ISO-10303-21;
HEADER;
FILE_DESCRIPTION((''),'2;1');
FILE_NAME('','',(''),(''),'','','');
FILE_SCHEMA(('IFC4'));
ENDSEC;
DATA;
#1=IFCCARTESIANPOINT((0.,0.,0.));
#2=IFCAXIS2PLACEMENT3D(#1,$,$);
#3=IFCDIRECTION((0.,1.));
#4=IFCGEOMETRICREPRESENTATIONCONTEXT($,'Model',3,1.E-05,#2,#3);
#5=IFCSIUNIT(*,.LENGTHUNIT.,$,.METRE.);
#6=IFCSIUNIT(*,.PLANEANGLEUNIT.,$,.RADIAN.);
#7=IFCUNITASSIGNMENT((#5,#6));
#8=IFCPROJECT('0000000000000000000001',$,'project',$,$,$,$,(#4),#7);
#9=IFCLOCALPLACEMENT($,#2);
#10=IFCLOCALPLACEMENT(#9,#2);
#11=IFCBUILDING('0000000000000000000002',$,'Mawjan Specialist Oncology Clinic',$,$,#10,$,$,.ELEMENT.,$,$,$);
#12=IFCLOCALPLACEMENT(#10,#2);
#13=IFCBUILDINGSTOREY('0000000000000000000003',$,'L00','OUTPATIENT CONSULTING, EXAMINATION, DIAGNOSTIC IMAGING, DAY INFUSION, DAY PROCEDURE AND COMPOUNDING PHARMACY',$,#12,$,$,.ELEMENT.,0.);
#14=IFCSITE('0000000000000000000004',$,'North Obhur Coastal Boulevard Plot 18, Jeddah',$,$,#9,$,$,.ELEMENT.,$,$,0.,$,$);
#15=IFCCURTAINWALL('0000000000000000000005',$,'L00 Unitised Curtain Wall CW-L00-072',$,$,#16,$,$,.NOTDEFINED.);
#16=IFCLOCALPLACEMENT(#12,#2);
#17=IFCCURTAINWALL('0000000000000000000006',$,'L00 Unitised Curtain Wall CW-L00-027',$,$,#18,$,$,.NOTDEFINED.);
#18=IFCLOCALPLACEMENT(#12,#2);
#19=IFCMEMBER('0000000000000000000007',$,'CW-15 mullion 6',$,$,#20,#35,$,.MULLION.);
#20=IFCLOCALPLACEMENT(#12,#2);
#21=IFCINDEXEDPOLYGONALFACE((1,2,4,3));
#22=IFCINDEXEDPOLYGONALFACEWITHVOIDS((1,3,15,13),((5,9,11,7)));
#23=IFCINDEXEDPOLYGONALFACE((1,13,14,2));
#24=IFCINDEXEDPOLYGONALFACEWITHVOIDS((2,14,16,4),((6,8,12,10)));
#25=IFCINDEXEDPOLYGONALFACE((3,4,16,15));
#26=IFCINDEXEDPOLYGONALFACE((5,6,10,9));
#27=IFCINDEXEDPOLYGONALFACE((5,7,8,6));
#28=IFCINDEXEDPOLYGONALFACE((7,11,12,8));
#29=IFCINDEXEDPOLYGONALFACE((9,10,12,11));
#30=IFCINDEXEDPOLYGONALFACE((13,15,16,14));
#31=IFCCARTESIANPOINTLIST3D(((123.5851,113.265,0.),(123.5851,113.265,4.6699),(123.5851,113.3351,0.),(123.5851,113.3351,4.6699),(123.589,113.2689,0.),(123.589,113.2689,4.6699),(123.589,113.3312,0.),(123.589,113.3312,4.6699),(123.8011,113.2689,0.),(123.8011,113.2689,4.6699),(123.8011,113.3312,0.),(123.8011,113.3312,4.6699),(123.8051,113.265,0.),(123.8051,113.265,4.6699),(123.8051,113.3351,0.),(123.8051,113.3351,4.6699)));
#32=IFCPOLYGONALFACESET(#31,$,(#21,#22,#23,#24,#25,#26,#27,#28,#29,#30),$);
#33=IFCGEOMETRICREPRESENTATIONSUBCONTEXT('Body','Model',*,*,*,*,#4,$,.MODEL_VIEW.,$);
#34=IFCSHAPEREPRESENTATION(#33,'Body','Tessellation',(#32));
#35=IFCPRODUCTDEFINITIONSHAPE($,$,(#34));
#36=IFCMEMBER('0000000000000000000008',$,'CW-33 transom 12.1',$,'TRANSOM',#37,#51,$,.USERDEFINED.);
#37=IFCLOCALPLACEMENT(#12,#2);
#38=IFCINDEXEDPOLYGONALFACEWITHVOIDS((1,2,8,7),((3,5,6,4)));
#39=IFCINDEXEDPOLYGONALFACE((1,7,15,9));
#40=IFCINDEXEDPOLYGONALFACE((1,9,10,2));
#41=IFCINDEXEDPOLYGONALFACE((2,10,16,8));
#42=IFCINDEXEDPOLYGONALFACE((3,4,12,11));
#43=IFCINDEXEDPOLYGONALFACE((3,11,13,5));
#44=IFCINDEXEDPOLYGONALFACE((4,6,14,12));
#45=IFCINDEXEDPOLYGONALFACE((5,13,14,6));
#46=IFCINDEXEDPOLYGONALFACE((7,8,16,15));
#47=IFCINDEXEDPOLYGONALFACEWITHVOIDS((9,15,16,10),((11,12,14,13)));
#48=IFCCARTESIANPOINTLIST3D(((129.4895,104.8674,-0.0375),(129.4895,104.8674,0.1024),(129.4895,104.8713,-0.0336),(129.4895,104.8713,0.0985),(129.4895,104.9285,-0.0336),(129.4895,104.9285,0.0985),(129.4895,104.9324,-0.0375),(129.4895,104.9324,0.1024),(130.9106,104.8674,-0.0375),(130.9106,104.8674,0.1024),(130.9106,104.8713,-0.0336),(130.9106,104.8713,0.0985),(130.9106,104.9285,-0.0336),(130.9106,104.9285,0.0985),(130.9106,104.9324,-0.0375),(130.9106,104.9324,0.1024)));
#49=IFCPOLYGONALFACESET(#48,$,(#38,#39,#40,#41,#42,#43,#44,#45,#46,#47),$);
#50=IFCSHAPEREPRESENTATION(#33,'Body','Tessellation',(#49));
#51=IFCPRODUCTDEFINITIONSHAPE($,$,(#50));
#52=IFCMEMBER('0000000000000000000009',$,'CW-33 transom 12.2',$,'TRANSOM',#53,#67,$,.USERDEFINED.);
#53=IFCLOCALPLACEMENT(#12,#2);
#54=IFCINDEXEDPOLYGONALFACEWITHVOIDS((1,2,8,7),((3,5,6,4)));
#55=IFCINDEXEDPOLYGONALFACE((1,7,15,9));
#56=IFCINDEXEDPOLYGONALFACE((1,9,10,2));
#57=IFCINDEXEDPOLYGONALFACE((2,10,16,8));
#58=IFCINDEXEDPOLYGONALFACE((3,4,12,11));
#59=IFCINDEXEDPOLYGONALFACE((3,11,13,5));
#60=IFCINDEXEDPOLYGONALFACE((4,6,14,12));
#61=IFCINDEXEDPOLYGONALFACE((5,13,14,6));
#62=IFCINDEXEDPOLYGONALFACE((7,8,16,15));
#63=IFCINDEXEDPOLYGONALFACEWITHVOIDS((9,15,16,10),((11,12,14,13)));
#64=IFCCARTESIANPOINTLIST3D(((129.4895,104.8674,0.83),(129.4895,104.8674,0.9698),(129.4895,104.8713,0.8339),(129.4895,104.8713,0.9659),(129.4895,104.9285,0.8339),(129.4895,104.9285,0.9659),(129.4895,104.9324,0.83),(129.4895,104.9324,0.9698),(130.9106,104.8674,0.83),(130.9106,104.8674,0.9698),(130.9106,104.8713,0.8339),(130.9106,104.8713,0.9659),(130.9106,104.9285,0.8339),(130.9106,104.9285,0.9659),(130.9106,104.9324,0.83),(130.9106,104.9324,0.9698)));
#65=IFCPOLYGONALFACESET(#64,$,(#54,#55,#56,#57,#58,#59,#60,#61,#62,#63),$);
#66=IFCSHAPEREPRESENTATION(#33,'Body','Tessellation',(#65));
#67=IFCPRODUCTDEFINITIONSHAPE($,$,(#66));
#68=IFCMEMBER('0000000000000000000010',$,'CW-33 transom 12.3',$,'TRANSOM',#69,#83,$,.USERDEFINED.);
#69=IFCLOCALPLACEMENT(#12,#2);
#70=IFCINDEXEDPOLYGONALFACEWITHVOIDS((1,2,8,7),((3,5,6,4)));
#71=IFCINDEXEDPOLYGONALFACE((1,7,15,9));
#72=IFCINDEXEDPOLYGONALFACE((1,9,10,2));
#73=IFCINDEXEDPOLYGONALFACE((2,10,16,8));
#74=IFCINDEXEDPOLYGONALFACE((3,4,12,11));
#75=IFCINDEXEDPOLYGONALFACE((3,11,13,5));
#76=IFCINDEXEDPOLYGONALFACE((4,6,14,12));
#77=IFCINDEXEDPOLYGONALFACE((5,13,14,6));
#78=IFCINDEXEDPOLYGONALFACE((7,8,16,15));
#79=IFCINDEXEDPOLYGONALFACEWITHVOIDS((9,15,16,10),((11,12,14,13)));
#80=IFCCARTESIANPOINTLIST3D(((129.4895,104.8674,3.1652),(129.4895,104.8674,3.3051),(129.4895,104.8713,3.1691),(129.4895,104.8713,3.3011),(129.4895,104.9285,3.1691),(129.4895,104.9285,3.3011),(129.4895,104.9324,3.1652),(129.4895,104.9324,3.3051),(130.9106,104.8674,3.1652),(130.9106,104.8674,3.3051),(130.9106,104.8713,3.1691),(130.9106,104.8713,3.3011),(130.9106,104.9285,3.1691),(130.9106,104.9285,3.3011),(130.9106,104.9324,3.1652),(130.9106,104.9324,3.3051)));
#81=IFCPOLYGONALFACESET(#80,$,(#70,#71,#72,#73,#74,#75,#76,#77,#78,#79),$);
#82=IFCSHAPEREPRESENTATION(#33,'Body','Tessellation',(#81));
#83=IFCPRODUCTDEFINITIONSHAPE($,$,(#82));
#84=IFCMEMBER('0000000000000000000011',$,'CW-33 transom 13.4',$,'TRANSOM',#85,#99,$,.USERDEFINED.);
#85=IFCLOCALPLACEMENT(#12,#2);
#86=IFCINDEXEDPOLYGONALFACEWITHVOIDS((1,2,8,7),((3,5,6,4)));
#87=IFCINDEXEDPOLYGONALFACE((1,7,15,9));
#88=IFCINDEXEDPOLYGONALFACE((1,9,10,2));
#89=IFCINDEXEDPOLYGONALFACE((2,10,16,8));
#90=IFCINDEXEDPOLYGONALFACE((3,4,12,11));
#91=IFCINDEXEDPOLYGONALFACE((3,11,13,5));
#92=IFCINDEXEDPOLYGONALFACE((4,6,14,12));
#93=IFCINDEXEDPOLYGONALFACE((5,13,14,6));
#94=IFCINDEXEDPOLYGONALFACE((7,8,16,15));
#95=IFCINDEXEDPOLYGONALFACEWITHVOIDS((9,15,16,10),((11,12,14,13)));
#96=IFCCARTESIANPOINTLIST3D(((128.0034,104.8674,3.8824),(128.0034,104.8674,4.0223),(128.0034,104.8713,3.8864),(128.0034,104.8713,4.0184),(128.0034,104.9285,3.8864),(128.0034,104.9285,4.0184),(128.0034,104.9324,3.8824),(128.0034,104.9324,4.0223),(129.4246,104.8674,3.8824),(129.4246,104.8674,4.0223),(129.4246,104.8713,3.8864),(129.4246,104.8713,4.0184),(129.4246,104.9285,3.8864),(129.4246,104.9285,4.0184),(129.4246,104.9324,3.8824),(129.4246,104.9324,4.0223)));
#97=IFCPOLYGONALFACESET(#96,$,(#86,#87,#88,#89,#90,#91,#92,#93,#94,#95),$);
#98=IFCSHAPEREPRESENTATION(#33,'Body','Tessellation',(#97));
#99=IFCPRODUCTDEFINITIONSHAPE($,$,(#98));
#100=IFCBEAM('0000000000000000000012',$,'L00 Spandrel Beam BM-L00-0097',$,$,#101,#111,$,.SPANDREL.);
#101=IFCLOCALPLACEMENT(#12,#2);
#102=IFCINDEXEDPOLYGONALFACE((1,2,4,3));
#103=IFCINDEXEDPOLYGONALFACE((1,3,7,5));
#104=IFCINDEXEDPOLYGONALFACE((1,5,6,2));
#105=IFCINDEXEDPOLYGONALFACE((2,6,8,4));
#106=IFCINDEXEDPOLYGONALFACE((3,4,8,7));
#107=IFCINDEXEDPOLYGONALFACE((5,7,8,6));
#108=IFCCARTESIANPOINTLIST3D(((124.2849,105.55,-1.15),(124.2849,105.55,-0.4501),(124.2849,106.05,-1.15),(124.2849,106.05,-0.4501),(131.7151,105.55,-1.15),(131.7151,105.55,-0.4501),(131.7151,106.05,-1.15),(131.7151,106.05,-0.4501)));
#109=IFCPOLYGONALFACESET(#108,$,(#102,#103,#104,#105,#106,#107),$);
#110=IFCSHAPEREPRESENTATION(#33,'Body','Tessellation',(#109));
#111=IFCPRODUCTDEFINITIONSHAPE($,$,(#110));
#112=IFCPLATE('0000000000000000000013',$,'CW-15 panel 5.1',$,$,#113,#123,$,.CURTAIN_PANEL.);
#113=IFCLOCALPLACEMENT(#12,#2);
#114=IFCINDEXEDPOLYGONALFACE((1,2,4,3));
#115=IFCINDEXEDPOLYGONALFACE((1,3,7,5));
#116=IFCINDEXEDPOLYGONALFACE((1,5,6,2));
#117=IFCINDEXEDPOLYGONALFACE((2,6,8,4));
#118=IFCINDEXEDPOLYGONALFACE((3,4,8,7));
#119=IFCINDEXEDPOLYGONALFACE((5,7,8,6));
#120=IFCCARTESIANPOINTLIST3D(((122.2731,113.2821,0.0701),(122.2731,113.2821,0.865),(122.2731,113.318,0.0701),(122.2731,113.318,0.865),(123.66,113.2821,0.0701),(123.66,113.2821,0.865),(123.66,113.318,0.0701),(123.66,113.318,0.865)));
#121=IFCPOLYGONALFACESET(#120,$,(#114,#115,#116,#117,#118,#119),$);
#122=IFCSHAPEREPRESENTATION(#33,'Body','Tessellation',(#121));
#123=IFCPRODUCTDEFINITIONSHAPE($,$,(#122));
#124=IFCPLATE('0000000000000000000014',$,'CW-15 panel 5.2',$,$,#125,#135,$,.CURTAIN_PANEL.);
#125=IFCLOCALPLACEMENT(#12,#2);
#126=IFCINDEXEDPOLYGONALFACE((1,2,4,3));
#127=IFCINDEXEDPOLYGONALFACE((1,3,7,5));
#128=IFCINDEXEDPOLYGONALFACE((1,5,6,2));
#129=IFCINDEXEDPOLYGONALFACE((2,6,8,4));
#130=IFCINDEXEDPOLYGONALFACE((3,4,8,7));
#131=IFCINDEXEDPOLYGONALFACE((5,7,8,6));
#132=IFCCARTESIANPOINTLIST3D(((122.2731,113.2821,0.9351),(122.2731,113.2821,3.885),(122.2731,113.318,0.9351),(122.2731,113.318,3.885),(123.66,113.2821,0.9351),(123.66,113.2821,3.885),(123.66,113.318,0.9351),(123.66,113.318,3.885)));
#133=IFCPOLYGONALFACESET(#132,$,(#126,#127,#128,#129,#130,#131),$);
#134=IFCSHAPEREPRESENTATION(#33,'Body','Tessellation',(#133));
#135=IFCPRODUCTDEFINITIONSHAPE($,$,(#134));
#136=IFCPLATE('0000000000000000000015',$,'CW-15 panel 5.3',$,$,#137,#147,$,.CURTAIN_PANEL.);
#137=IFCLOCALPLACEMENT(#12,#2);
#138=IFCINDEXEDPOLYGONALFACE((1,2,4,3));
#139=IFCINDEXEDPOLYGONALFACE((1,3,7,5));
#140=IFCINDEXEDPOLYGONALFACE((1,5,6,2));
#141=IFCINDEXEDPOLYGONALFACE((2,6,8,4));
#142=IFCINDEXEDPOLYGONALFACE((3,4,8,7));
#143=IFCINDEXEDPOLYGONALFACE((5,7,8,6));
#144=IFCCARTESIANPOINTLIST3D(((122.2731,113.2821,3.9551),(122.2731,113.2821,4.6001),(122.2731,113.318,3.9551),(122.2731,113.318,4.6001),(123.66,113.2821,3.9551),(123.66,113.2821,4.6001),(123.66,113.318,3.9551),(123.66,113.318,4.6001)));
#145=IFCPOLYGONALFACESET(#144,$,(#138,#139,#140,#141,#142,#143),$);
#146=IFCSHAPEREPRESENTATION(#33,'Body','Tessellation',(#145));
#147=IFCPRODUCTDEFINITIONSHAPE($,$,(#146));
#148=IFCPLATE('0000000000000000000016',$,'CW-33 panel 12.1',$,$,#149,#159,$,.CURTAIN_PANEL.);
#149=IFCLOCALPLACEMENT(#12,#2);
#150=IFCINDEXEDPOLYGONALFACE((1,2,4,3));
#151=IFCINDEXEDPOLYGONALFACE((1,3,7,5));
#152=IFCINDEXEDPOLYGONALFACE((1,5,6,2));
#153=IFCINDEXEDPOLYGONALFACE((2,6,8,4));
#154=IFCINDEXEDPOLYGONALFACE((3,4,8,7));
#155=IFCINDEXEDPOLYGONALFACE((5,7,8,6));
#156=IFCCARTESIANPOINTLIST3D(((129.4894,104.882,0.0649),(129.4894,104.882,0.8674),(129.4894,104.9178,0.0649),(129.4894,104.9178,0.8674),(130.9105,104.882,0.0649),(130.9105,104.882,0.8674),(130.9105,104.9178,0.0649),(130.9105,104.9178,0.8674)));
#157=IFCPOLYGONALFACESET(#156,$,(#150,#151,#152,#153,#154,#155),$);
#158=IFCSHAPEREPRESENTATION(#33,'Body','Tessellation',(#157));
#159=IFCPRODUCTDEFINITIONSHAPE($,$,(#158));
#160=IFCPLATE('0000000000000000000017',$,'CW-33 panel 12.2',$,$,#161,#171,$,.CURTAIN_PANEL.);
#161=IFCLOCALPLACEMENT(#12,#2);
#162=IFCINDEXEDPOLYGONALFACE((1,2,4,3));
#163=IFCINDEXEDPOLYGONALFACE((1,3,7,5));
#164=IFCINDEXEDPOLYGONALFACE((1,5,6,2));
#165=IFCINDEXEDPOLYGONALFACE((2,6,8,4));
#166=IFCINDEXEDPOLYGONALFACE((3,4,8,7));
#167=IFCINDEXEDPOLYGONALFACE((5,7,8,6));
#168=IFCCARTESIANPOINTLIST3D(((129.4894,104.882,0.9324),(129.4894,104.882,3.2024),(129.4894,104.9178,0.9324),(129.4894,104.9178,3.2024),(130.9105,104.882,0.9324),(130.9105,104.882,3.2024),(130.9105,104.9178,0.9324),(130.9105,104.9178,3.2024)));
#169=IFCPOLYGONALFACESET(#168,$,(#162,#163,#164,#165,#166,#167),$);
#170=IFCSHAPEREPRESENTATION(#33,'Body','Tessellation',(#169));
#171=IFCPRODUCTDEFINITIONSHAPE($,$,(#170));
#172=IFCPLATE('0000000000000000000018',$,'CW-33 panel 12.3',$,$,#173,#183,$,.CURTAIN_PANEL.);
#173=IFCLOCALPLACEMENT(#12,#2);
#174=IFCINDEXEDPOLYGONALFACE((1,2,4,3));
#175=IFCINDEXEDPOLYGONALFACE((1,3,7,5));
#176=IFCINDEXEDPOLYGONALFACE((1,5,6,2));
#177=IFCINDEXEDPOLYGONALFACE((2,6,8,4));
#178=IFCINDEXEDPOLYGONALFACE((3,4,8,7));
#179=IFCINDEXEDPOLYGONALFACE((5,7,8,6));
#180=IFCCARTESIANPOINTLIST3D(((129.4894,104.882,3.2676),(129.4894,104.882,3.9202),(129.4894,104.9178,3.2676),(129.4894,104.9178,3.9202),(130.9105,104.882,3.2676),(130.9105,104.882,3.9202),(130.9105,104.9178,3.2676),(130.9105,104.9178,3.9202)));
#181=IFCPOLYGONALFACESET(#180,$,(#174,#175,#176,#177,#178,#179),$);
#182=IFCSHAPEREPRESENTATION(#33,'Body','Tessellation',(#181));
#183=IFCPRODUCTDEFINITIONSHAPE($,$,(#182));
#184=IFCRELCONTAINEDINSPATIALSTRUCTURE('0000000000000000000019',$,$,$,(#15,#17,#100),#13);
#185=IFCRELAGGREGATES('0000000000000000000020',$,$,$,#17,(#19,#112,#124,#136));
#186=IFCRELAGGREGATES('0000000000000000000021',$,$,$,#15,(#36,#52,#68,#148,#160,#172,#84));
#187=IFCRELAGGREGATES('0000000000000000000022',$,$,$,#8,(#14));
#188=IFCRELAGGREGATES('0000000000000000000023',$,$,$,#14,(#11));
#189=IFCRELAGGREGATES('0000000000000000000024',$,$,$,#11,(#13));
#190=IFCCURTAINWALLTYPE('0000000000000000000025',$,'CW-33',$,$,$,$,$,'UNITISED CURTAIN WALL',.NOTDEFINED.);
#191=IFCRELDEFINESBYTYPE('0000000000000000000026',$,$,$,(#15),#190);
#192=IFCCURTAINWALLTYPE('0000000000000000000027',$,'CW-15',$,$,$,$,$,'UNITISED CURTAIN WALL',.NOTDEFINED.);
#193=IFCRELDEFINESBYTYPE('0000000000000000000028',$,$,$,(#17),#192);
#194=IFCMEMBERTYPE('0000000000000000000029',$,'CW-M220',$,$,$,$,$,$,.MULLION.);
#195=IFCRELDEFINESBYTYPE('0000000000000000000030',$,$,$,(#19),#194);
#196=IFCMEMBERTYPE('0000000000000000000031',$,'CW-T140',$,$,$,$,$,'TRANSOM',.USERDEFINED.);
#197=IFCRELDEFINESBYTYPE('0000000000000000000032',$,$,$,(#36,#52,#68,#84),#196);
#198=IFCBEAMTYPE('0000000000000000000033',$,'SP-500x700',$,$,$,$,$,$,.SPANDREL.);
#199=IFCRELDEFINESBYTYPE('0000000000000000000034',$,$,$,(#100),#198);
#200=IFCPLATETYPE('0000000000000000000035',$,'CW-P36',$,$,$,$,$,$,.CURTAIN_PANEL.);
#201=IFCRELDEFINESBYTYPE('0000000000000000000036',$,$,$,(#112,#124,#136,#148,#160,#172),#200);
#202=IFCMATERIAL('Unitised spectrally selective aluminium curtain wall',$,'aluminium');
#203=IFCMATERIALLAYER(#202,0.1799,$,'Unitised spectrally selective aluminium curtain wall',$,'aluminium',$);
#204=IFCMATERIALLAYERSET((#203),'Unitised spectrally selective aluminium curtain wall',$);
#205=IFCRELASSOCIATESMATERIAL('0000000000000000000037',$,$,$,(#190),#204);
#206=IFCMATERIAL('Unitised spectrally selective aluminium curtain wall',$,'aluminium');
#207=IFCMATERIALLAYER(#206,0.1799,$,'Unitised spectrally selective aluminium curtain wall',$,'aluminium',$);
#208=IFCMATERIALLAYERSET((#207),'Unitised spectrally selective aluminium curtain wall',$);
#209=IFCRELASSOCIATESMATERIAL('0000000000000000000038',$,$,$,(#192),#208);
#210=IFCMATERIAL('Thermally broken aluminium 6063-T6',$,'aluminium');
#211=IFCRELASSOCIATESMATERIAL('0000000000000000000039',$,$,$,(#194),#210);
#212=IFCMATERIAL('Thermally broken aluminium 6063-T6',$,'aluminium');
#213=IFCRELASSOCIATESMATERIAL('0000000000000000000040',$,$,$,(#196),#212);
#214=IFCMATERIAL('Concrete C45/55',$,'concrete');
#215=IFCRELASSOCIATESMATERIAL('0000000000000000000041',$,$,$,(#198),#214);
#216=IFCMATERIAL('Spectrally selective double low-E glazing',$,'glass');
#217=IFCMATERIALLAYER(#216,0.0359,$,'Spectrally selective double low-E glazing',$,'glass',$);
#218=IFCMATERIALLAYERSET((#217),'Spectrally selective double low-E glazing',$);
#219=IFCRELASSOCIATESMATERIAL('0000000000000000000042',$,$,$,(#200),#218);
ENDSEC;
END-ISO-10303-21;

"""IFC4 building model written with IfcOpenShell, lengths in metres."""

from ifc_helpers import new_model, si_unit, direction, frame, origin, origin_2d, place, context, subcontext, project, spatial, rectangle, hollow_rectangle, extrude, material, layer, layer_set, material_profile, profile_set, type_object, element, aggregate, save


model = new_model("IFC4")

# Units and contexts
model_context = context("Model", 3, precision=1e-05, world=origin(), true_north=direction((0.0, 1.0)))
body_context = subcontext(model_context, "Body", "Model", "MODEL_VIEW")
ifc_project = project(units=[si_unit("LENGTHUNIT", "METRE"), si_unit("PLANEANGLEUNIT", "RADIAN")], contexts=[model_context])

# Site, building, storey
site_placement = place(None, origin())
site = spatial("IfcSite", under=ifc_project, at=site_placement, Name="North Obhur Coastal Boulevard Plot 18, Jeddah", CompositionType="ELEMENT", RefElevation=0.0)
building_placement = place(site_placement, origin())
building = spatial("IfcBuilding", under=site, at=building_placement, Name="Mawjan Specialist Oncology Clinic", CompositionType="ELEMENT")
storey_placement = place(building_placement, origin())
storey = spatial("IfcBuildingStorey", under=building, at=storey_placement, Name="L00", Description="OUTPATIENT CONSULTING, EXAMINATION, DIAGNOSTIC IMAGING, DAY INFUSION, DAY PROCEDURE AND COMPOUNDING PHARMACY", CompositionType="ELEMENT", Elevation=0.0)

# Curtain walls, member
ifc_material_1 = material(Name="Unitised spectrally selective aluminium curtain wall", Category="aluminium")
ifc_layer_1 = layer(ifc_material_1, 0.1799, Name="Unitised spectrally selective aluminium curtain wall", Category="aluminium")
ifc_layer_set_1 = layer_set([ifc_layer_1], Name="Unitised spectrally selective aluminium curtain wall")
curtain_wall_type_1 = type_object("IfcCurtainWallType", Name="CW-33", ElementType="UNITISED CURTAIN WALL", PredefinedType="NOTDEFINED", material=ifc_layer_set_1)
curtain_wall_1_placement = place(storey_placement, origin())
curtain_wall_1 = element("IfcCurtainWall", 1, at=curtain_wall_1_placement, inside=storey, type_object=curtain_wall_type_1, Name="L00 Unitised Curtain Wall CW-L00-072", PredefinedType="NOTDEFINED")
ifc_material_2 = material(Name="Unitised spectrally selective aluminium curtain wall", Category="aluminium")
ifc_layer_2 = layer(ifc_material_2, 0.1799, Name="Unitised spectrally selective aluminium curtain wall", Category="aluminium")
ifc_layer_set_2 = layer_set([ifc_layer_2], Name="Unitised spectrally selective aluminium curtain wall")
curtain_wall_type_2 = type_object("IfcCurtainWallType", Name="CW-15", ElementType="UNITISED CURTAIN WALL", PredefinedType="NOTDEFINED", material=ifc_layer_set_2)
curtain_wall_2_placement = place(storey_placement, origin())
curtain_wall_2 = element("IfcCurtainWall", 2, at=curtain_wall_2_placement, inside=storey, type_object=curtain_wall_type_2, Name="L00 Unitised Curtain Wall CW-L00-027", PredefinedType="NOTDEFINED")
ifc_material_3 = material(Name="Thermally broken aluminium 6063-T6", Category="aluminium")
ifc_material_profile_1 = material_profile(ifc_material_3, hollow_rectangle(XDim=0.0701, YDim=0.22, WallThickness=0.0039, at=origin_2d()), Name="ALU MULLION 220x70x4", Category="aluminium")
ifc_profile_set_1 = profile_set([ifc_material_profile_1], Name="Thermally broken aluminium 6063-T6")
member_type_1 = type_object("IfcMemberType", Name="CW-M220", PredefinedType="MULLION", material=ifc_profile_set_1)
member_1_placement = place(storey_placement, frame((123.6951, 113.3, 0.0), z_axis=(0.0, 0.0, 1.0), x_axis=(0.0, 1.0, 0.0)))
member_1 = element("IfcMember", 3, at=member_1_placement, type_object=member_type_1, Name="CW-15 mullion 6", PredefinedType="MULLION", context=body_context, shape_type="SweptSolid", body=[
    extrude(hollow_rectangle(XDim=0.0701, YDim=0.22, WallThickness=0.0039, at=origin_2d()), origin(), (0.0, 0.0, 1.0), 4.6699),
])

# Members
ifc_material_4 = material(Name="Thermally broken aluminium 6063-T6", Category="aluminium")
ifc_material_profile_2 = material_profile(ifc_material_4, hollow_rectangle(XDim=0.0649, YDim=0.1399, WallThickness=0.0039, at=origin_2d()), Name="ALU TRANSOM 140x65x4", Category="aluminium")
ifc_profile_set_2 = profile_set([ifc_material_profile_2], Name="Thermally broken aluminium 6063-T6")
member_type_2 = type_object("IfcMemberType", Name="CW-T140", ElementType="TRANSOM", PredefinedType="USERDEFINED", material=ifc_profile_set_2)
member_2_placement = place(storey_placement, frame((130.9106, 104.8999, 0.0325), z_axis=(-1.0, 0.0, 0.0), x_axis=(0.0, -1.0, 0.0)))
member_2 = element("IfcMember", 4, at=member_2_placement, type_object=member_type_2, Name="CW-33 transom 12.1", ObjectType="TRANSOM", PredefinedType="USERDEFINED", context=body_context, shape_type="SweptSolid", body=[
    extrude(hollow_rectangle(XDim=0.0649, YDim=0.1399, WallThickness=0.0039, at=origin_2d()), origin(), (0.0, 0.0, 1.0), 1.4211),
])
member_3_placement = place(storey_placement, frame((130.9106, 104.8999, 0.8999), z_axis=(-1.0, 0.0, 0.0), x_axis=(0.0, -1.0, 0.0)))
member_3 = element("IfcMember", 5, at=member_3_placement, type_object=member_type_2, Name="CW-33 transom 12.2", ObjectType="TRANSOM", PredefinedType="USERDEFINED", context=body_context, shape_type="SweptSolid", body=[
    extrude(hollow_rectangle(XDim=0.0649, YDim=0.1399, WallThickness=0.0039, at=origin_2d()), origin(), (0.0, 0.0, 1.0), 1.4211),
])
member_4_placement = place(storey_placement, frame((130.9106, 104.8999, 3.2351), z_axis=(-1.0, 0.0, 0.0), x_axis=(0.0, -1.0, 0.0)))
member_4 = element("IfcMember", 6, at=member_4_placement, type_object=member_type_2, Name="CW-33 transom 12.3", ObjectType="TRANSOM", PredefinedType="USERDEFINED", context=body_context, shape_type="SweptSolid", body=[
    extrude(hollow_rectangle(XDim=0.0649, YDim=0.1399, WallThickness=0.0039, at=origin_2d()), origin(), (0.0, 0.0, 1.0), 1.4211),
])
member_5_placement = place(storey_placement, frame((129.4246, 104.8999, 3.9524), z_axis=(-1.0, 0.0, 0.0), x_axis=(0.0, -1.0, 0.0)))
member_5 = element("IfcMember", 7, at=member_5_placement, type_object=member_type_2, Name="CW-33 transom 13.4", ObjectType="TRANSOM", PredefinedType="USERDEFINED", context=body_context, shape_type="SweptSolid", body=[
    extrude(hollow_rectangle(XDim=0.0649, YDim=0.1399, WallThickness=0.0039, at=origin_2d()), origin(), (0.0, 0.0, 1.0), 1.4211),
])

# Beam
ifc_material_5 = material(Name="Concrete C45/55", Category="concrete")
ifc_material_profile_3 = material_profile(ifc_material_5, rectangle(XDim=0.5, YDim=0.7, at=origin_2d()), Name="RC BM 500x700", Category="concrete")
ifc_profile_set_3 = profile_set([ifc_material_profile_3], Name="Concrete C45/55")
beam_type_1 = type_object("IfcBeamType", Name="SP-500x700", PredefinedType="SPANDREL", material=ifc_profile_set_3)
beam_1_placement = place(storey_placement, frame((124.2849, 105.8, -0.8), z_axis=(1.0, 0.0, 0.0), x_axis=(0.0, 1.0, 0.0)))
element("IfcBeam", 8, at=beam_1_placement, inside=storey, type_object=beam_type_1, Name="L00 Spandrel Beam BM-L00-0097", PredefinedType="SPANDREL", context=body_context, shape_type="SweptSolid", body=[
    extrude(rectangle(XDim=0.5, YDim=0.7, at=origin_2d()), origin(), (0.0, 0.0, 1.0), 7.4302),
])

# Plates
ifc_material_6 = material(Name="Spectrally selective double low-E glazing", Category="glass")
ifc_layer_3 = layer(ifc_material_6, 0.0359, Name="Spectrally selective double low-E glazing", Category="glass")
ifc_layer_set_3 = layer_set([ifc_layer_3], Name="Spectrally selective double low-E glazing")
plate_type = type_object("IfcPlateType", Name="CW-P36", PredefinedType="CURTAIN_PANEL", material=ifc_layer_set_3)
plate_1_placement = place(storey_placement, frame((122.9666, 113.3, 0.0701), z_axis=(0.0, 0.0, 1.0), x_axis=(1.0, 0.0, 0.0)))
plate_1 = element("IfcPlate", 9, at=plate_1_placement, type_object=plate_type, Name="CW-15 panel 5.1", PredefinedType="CURTAIN_PANEL", context=body_context, shape_type="SweptSolid", body=[
    extrude(rectangle(XDim=1.387, YDim=0.0359, at=origin_2d()), origin(), (0.0, 0.0, 1.0), 0.7949),
])
plate_2_placement = place(storey_placement, frame((122.9666, 113.3, 0.9351), z_axis=(0.0, 0.0, 1.0), x_axis=(1.0, 0.0, 0.0)))
plate_2 = element("IfcPlate", 10, at=plate_2_placement, type_object=plate_type, Name="CW-15 panel 5.2", PredefinedType="CURTAIN_PANEL", context=body_context, shape_type="SweptSolid", body=[
    extrude(rectangle(XDim=1.387, YDim=0.0359, at=origin_2d()), origin(), (0.0, 0.0, 1.0), 2.95),
])
plate_3_placement = place(storey_placement, frame((122.9666, 113.3, 3.9551), z_axis=(0.0, 0.0, 1.0), x_axis=(1.0, 0.0, 0.0)))
plate_3 = element("IfcPlate", 11, at=plate_3_placement, type_object=plate_type, Name="CW-15 panel 5.3", PredefinedType="CURTAIN_PANEL", context=body_context, shape_type="SweptSolid", body=[
    extrude(rectangle(XDim=1.387, YDim=0.0359, at=origin_2d()), origin(), (0.0, 0.0, 1.0), 0.645),
])
aggregate(curtain_wall_2, [member_1, plate_1, plate_2, plate_3])
plate_4_placement = place(storey_placement, frame((130.2, 104.8999, 0.0649), z_axis=(0.0, 0.0, 1.0), x_axis=(-1.0, 0.0, 0.0)))
plate_4 = element("IfcPlate", 12, at=plate_4_placement, type_object=plate_type, Name="CW-33 panel 12.1", PredefinedType="CURTAIN_PANEL", context=body_context, shape_type="SweptSolid", body=[
    extrude(rectangle(XDim=1.4211, YDim=0.0359, at=origin_2d()), origin(), (0.0, 0.0, 1.0), 0.8025),
])
plate_5_placement = place(storey_placement, frame((130.2, 104.8999, 0.9324), z_axis=(0.0, 0.0, 1.0), x_axis=(-1.0, 0.0, 0.0)))
plate_5 = element("IfcPlate", 13, at=plate_5_placement, type_object=plate_type, Name="CW-33 panel 12.2", PredefinedType="CURTAIN_PANEL", context=body_context, shape_type="SweptSolid", body=[
    extrude(rectangle(XDim=1.4211, YDim=0.0359, at=origin_2d()), origin(), (0.0, 0.0, 1.0), 2.27),
])
plate_6_placement = place(storey_placement, frame((130.2, 104.8999, 3.2676), z_axis=(0.0, 0.0, 1.0), x_axis=(-1.0, 0.0, 0.0)))
plate_6 = element("IfcPlate", 14, at=plate_6_placement, type_object=plate_type, Name="CW-33 panel 12.3", PredefinedType="CURTAIN_PANEL", context=body_context, shape_type="SweptSolid", body=[
    extrude(rectangle(XDim=1.4211, YDim=0.0359, at=origin_2d()), origin(), (0.0, 0.0, 1.0), 0.6526),
])
aggregate(curtain_wall_1, [member_2, member_3, member_4, plate_4, plate_5, plate_6, member_5])

save(model, "model.ifc")
